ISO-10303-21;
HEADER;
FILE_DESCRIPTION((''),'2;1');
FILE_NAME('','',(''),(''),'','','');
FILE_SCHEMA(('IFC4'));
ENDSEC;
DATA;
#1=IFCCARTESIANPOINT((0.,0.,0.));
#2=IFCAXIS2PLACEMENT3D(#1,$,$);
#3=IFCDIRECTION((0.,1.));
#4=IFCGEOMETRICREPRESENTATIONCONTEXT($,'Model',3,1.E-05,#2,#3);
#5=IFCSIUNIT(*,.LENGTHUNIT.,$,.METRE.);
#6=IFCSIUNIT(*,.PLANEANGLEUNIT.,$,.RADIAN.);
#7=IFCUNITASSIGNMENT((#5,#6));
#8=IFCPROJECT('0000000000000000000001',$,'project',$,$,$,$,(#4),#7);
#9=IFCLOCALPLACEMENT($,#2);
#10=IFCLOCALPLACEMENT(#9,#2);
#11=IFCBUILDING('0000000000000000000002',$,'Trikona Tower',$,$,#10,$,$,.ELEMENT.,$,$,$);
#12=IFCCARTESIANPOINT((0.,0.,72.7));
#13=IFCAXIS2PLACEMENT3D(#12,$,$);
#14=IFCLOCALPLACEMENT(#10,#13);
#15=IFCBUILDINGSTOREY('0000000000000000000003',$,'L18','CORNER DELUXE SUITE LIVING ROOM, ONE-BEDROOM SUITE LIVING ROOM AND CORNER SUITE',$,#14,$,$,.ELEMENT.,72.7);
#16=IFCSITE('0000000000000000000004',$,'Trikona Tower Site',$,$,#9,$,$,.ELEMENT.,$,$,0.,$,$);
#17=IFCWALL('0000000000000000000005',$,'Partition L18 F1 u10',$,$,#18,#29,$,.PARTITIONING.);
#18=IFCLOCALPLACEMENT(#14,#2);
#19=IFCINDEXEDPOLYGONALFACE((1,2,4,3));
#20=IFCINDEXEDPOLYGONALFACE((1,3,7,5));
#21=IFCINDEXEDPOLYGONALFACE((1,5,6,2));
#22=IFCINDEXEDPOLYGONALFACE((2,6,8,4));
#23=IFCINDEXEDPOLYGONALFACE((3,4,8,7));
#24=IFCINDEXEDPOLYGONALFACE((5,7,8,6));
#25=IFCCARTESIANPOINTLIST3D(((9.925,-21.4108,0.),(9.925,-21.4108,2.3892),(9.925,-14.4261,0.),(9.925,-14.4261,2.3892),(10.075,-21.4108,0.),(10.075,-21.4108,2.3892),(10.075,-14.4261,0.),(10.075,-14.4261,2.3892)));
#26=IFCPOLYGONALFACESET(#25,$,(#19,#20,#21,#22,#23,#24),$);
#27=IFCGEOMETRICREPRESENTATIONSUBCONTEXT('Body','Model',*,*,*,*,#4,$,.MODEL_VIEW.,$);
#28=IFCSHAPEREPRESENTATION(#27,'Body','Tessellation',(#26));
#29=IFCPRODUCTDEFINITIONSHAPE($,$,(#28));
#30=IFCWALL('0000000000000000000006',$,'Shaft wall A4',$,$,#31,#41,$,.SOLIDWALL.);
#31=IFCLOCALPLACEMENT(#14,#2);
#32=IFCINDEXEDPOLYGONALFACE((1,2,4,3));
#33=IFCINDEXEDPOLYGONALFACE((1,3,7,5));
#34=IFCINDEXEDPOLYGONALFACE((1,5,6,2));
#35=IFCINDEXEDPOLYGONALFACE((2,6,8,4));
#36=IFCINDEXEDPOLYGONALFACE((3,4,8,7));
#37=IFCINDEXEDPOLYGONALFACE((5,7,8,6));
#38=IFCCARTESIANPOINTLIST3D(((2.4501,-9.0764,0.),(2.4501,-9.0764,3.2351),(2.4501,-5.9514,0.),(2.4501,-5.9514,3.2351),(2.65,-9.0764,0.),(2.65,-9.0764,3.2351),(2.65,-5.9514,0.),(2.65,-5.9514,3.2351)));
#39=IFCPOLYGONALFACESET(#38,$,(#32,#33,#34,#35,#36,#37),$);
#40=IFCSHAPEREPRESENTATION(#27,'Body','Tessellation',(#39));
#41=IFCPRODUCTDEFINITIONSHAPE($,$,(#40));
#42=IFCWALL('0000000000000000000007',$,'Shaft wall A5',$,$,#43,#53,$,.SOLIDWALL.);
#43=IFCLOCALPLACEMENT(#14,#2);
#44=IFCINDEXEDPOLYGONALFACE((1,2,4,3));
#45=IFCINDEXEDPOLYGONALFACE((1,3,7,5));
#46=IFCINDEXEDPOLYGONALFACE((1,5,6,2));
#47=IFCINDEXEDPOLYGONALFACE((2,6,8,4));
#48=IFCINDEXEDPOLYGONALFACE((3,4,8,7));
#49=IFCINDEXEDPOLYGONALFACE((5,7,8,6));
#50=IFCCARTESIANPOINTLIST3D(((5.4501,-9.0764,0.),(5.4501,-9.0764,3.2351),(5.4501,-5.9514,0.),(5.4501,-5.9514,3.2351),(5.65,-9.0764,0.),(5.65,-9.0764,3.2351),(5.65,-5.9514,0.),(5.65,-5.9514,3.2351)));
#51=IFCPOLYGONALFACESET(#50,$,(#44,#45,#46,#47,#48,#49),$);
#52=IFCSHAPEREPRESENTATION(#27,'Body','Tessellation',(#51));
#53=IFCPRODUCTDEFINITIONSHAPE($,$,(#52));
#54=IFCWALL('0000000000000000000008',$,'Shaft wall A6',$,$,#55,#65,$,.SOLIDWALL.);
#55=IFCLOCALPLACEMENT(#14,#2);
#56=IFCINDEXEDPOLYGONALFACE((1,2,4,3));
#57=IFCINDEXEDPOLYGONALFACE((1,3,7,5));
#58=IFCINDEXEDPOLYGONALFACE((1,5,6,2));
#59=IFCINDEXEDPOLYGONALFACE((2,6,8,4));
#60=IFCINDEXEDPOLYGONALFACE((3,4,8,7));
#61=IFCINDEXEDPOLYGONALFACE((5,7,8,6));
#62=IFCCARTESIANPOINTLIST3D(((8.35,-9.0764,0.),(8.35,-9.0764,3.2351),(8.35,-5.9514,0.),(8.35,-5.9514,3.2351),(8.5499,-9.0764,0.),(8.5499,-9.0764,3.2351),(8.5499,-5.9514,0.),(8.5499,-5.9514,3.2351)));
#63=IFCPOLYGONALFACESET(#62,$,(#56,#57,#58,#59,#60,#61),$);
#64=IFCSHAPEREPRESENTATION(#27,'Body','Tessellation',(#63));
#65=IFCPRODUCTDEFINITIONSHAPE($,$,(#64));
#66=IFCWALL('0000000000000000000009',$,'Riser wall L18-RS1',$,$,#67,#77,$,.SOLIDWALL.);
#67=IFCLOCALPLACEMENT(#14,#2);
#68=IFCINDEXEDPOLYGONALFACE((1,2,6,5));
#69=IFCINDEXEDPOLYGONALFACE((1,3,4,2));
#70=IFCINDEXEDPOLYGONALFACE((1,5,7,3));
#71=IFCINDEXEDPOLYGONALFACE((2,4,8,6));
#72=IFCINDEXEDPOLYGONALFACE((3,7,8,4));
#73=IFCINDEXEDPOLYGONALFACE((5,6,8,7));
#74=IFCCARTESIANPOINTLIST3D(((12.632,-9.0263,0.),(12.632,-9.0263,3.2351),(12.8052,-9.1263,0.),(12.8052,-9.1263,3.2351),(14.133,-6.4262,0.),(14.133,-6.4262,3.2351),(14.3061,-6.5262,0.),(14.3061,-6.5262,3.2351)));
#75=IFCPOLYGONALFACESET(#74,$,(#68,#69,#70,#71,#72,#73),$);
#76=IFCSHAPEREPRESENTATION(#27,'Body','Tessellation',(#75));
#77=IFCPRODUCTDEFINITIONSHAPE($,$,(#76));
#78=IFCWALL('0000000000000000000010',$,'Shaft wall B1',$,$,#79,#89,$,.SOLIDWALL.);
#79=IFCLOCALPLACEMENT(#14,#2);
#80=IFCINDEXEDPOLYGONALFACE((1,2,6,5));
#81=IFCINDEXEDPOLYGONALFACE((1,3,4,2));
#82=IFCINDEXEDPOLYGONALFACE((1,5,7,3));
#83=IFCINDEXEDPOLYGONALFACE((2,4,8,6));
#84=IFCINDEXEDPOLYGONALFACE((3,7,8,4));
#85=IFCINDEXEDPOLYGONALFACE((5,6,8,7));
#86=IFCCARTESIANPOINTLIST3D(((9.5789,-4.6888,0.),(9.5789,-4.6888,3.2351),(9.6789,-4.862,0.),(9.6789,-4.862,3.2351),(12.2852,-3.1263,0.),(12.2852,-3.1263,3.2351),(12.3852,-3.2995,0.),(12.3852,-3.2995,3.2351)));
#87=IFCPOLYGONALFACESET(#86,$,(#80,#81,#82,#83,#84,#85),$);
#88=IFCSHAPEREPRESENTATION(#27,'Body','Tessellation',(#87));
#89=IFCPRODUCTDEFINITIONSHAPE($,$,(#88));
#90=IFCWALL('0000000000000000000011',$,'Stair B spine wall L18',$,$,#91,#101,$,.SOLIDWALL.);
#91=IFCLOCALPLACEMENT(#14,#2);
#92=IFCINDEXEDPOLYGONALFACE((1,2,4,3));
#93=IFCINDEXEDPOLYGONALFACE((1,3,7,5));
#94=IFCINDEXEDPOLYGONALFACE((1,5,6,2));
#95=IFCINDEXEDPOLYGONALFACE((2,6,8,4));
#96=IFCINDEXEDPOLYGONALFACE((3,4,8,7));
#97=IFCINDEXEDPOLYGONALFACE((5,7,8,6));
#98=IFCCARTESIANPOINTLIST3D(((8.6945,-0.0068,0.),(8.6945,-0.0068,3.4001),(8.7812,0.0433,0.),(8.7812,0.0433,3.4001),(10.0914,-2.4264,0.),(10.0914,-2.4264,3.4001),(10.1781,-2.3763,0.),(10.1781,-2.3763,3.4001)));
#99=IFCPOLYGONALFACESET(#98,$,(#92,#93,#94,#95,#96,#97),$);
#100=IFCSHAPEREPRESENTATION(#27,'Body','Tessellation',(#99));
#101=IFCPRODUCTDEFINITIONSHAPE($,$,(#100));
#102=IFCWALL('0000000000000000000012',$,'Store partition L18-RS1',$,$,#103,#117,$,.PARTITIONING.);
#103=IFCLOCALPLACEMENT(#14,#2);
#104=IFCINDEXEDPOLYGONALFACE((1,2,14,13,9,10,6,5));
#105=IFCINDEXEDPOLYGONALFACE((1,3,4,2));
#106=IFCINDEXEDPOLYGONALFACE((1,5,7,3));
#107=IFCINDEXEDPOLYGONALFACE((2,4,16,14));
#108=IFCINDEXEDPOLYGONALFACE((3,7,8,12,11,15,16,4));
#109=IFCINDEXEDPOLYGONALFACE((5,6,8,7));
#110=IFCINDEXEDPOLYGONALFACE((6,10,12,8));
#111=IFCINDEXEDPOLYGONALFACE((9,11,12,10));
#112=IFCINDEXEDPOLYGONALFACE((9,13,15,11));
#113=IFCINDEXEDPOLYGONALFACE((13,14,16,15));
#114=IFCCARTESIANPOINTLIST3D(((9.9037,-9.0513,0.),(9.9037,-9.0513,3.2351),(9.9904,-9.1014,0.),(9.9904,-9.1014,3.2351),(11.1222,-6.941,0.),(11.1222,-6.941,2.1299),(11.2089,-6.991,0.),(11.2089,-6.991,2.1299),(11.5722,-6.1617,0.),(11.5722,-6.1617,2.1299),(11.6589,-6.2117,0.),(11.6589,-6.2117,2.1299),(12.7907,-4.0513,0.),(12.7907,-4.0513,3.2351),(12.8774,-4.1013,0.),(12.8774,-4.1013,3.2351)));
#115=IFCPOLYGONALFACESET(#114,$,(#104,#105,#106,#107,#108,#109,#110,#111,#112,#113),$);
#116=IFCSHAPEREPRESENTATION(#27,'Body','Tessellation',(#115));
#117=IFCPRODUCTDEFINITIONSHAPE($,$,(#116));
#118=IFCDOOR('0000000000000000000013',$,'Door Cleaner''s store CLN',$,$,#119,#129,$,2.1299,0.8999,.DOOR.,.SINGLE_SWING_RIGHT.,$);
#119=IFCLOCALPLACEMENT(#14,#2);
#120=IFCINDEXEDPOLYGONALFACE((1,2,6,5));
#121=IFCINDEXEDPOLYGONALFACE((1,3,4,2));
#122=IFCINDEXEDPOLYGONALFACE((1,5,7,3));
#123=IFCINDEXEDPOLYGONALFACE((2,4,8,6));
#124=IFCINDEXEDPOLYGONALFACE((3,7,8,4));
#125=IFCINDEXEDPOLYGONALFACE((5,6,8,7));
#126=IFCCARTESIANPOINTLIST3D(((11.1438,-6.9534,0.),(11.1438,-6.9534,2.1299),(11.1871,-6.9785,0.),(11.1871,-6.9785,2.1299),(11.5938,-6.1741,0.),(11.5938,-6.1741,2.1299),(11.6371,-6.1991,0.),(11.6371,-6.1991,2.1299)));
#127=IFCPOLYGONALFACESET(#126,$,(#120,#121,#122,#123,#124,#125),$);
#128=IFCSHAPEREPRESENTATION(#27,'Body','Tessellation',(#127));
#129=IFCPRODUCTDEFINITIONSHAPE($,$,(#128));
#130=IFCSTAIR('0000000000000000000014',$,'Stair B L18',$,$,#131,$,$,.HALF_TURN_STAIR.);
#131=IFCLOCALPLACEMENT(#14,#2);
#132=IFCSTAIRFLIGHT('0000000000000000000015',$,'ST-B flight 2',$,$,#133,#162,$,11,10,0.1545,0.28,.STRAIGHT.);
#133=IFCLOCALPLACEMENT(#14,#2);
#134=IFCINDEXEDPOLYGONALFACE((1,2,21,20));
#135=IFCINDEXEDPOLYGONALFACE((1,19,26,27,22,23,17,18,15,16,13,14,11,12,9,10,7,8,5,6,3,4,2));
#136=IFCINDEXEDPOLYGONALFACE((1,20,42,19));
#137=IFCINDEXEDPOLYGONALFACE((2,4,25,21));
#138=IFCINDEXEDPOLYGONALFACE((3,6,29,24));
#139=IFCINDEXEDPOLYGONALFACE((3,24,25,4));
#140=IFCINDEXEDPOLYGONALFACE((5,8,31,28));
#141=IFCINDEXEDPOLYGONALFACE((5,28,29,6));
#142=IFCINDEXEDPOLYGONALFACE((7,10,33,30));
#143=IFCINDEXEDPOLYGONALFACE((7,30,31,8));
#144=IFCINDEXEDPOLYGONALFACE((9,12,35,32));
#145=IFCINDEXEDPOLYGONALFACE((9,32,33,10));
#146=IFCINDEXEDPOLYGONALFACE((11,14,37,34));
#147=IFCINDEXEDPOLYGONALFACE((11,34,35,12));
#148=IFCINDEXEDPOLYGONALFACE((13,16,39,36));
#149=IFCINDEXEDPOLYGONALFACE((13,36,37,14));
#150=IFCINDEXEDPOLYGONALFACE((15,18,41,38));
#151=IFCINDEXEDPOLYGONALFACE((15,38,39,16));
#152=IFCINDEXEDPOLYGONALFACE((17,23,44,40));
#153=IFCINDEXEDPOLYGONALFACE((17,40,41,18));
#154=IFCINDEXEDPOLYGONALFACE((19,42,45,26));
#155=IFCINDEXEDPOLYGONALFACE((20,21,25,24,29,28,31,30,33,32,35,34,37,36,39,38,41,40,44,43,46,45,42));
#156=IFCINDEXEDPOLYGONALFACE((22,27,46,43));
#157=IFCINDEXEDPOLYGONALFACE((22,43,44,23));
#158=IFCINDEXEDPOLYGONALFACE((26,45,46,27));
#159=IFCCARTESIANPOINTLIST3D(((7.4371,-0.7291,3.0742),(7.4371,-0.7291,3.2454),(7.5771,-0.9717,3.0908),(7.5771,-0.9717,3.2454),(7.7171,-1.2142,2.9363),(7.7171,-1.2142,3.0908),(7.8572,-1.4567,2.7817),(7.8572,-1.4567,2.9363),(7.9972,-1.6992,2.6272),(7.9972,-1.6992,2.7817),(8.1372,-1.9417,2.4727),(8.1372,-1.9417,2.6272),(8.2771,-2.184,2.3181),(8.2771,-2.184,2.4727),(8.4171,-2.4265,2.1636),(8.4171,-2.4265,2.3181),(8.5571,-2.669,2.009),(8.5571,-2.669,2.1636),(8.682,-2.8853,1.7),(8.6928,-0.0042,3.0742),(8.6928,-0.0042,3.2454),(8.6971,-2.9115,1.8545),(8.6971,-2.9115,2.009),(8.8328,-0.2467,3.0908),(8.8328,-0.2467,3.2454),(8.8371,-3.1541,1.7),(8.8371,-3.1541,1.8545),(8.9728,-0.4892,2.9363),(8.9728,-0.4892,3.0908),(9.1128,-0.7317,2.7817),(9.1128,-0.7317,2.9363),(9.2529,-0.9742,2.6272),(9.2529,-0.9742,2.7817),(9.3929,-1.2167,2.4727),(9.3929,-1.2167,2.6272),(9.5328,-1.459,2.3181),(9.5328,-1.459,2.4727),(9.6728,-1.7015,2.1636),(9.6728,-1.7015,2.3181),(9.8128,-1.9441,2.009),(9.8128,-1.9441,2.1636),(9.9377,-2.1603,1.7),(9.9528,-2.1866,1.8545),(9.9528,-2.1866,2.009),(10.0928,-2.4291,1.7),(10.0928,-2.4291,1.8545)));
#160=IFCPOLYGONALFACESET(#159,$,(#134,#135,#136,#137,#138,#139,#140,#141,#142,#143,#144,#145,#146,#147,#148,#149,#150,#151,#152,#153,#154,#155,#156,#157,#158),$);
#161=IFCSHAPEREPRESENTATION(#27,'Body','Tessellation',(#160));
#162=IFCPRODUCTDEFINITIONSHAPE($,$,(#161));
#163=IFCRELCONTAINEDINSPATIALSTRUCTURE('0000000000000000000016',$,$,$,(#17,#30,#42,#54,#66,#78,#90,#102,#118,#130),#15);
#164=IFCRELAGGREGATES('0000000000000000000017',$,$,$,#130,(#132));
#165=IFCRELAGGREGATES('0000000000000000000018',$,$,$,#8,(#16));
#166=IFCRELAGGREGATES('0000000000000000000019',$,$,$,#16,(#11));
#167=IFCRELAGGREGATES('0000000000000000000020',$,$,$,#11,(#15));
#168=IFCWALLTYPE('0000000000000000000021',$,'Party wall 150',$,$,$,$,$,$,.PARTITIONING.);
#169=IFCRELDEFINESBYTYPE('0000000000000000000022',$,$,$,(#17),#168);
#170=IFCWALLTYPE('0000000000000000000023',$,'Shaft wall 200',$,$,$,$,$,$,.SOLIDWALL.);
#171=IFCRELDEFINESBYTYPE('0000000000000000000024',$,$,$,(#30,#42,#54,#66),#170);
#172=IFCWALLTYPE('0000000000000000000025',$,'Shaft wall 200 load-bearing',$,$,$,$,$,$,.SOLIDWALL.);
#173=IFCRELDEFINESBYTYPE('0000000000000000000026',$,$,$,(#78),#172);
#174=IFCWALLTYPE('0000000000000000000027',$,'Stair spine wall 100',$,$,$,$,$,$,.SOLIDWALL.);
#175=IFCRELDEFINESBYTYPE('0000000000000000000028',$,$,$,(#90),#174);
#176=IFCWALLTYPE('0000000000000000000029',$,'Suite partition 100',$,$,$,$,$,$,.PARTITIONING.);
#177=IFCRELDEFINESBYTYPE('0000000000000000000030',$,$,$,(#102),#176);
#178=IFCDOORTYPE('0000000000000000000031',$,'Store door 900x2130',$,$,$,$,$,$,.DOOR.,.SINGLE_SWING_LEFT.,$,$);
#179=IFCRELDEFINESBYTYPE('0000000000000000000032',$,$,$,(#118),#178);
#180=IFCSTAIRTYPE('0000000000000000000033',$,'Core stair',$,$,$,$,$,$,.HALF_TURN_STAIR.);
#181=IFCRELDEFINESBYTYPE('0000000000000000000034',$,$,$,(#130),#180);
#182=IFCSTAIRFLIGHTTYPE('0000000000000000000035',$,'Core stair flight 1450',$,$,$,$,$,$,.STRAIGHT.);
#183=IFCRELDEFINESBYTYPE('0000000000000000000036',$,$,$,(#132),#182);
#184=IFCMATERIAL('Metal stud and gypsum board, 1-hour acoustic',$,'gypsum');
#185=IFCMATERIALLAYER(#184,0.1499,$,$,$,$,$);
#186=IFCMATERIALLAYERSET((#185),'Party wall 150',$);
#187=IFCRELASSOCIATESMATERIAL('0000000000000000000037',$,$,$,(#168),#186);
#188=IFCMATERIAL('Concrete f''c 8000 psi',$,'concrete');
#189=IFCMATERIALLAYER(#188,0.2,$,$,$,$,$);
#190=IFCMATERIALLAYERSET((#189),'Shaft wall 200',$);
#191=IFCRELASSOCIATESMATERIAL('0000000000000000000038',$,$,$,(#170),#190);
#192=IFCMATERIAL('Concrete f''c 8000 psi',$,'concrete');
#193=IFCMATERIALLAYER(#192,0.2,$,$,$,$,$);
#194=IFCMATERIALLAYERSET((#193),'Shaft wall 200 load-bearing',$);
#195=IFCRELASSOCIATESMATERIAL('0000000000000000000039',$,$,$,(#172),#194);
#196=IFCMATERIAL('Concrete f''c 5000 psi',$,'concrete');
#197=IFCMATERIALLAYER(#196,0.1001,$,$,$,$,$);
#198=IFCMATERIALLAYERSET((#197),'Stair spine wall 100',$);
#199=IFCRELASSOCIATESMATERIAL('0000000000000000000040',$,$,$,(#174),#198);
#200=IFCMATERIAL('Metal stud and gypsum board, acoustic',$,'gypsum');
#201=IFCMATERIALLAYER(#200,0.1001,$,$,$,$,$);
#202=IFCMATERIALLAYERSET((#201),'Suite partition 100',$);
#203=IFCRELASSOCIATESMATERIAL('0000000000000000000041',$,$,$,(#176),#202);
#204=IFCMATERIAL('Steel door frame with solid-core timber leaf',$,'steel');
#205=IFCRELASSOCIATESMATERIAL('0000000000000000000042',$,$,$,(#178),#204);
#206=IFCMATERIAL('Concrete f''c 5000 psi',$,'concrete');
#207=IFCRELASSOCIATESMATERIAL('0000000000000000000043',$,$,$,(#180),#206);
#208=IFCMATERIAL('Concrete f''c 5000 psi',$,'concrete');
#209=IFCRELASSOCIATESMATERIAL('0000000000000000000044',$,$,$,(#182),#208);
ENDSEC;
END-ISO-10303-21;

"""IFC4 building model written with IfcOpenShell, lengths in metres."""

from ifc_helpers import new_model, si_unit, direction, frame, frame_2d, origin, place, context, subcontext, project, spatial, polyline, rectangle, outline, extrude, material, layer, layer_set, type_object, element, fill, aggregate, save


model = new_model("IFC4")

# Units and contexts
model_context = context("Model", 3, precision=1e-05, world=origin(), true_north=direction((0.0, 1.0)))
body_context = subcontext(model_context, "Body", "Model", "MODEL_VIEW")
ifc_project = project(units=[si_unit("LENGTHUNIT", "METRE"), si_unit("PLANEANGLEUNIT", "RADIAN")], contexts=[model_context])

# Site, building, storey
site_placement = place(None, origin())
site = spatial("IfcSite", under=ifc_project, at=site_placement, Name="Trikona Tower Site", CompositionType="ELEMENT", RefElevation=0.0)
building_placement = place(site_placement, origin())
building = spatial("IfcBuilding", under=site, at=building_placement, Name="Trikona Tower", CompositionType="ELEMENT")
storey_placement = place(building_placement, frame((0.0, 0.0, 72.7)))
storey = spatial("IfcBuildingStorey", under=building, at=storey_placement, Name="L18", Description="CORNER DELUXE SUITE LIVING ROOM, ONE-BEDROOM SUITE LIVING ROOM AND CORNER SUITE", CompositionType="ELEMENT", Elevation=72.7)

# Walls
ifc_material_1 = material(Name="Metal stud and gypsum board, 1-hour acoustic", Category="gypsum")
ifc_layer_1 = layer(ifc_material_1, 0.1499)
ifc_layer_set_1 = layer_set([ifc_layer_1], Name="Party wall 150")
wall_type_1 = type_object("IfcWallType", Name="Party wall 150", PredefinedType="PARTITIONING", material=ifc_layer_set_1)
wall_1_placement = place(storey_placement, frame((10.0, -14.4263, 0.0), z_axis=(0.0, 0.0, 1.0), x_axis=(0.0, -1.0, 0.0)))
element("IfcWall", 1, at=wall_1_placement, inside=storey, type_object=wall_type_1, Name="Partition L18 F1 u10", PredefinedType="PARTITIONING", context=body_context, shape_type="SweptSolid", body=[
    extrude(rectangle(XDim=6.9846, YDim=0.1499, at=frame_2d((3.4922, 0.0))), origin(), (0.0, 0.0, 1.0), 2.3892),
])
ifc_material_2 = material(Name="Concrete f'c 8000 psi", Category="concrete")
ifc_layer_2 = layer(ifc_material_2, 0.2)
ifc_layer_set_2 = layer_set([ifc_layer_2], Name="Shaft wall 200")
wall_type_2 = type_object("IfcWallType", Name="Shaft wall 200", PredefinedType="SOLIDWALL", material=ifc_layer_set_2)
for number, where, z_axis, x_axis, name in (
    (2, (2.55, -5.9514, 0.0), (0.0, 0.0, 1.0), (0.0, -1.0, 0.0), "Shaft wall A4"),
    (3, (5.55, -5.9514, 0.0), (0.0, 0.0, 1.0), (0.0, -1.0, 0.0), "Shaft wall A5"),
    (4, (8.45, -5.9514, 0.0), (0.0, 0.0, 1.0), (0.0, -1.0, 0.0), "Shaft wall A6"),
):
    element("IfcWall", number, at=place(storey_placement, frame(where, z_axis=z_axis, x_axis=x_axis)), inside=storey, type_object=wall_type_2, Name=name, PredefinedType="SOLIDWALL", context=body_context, shape_type="SweptSolid", body=[
        extrude(rectangle(XDim=3.125, YDim=0.2, at=frame_2d((1.5625, 0.0))), origin(), (0.0, 0.0, 1.0), 3.2351),
    ])
wall_2_placement = place(storey_placement, frame((14.2195, -6.4763, 0.0), z_axis=(0.0, 0.0, 1.0), x_axis=(-0.499952, -0.866053, 0.0)))
element("IfcWall", 5, at=wall_2_placement, inside=storey, type_object=wall_type_2, Name="Riser wall L18-RS1", PredefinedType="SOLIDWALL", context=body_context, shape_type="SweptSolid", body=[
    extrude(rectangle(XDim=3.0022, YDim=0.2, at=frame_2d((1.501, 0.0))), origin(), (0.0, 0.0, 1.0), 3.2351),
])
ifc_material_3 = material(Name="Concrete f'c 8000 psi", Category="concrete")
ifc_layer_3 = layer(ifc_material_3, 0.2)
ifc_layer_set_3 = layer_set([ifc_layer_3], Name="Shaft wall 200 load-bearing")
wall_type_3 = type_object("IfcWallType", Name="Shaft wall 200 load-bearing", PredefinedType="SOLIDWALL", material=ifc_layer_set_3)
wall_3_placement = place(storey_placement, frame((9.6289, -4.7754, 0.0), z_axis=(0.0, 0.0, 1.0), x_axis=(0.866023, 0.500004, 0.0)))
element("IfcWall", 6, at=wall_3_placement, inside=storey, type_object=wall_type_3, Name="Shaft wall B1", PredefinedType="SOLIDWALL", context=body_context, shape_type="SweptSolid", body=[
    extrude(rectangle(XDim=3.125, YDim=0.2, at=frame_2d((1.5625, 0.0))), origin(), (0.0, 0.0, 1.0), 3.2351),
])
ifc_material_4 = material(Name="Concrete f'c 5000 psi", Category="concrete")
ifc_layer_4 = layer(ifc_material_4, 0.1001)
ifc_layer_set_4 = layer_set([ifc_layer_4], Name="Stair spine wall 100")
wall_type_4 = type_object("IfcWallType", Name="Stair spine wall 100", PredefinedType="SOLIDWALL", material=ifc_layer_set_4)
wall_4_placement = place(storey_placement, frame((10.1348, -2.4014, 0.0), z_axis=(0.0, 0.0, 1.0), x_axis=(-0.499992, 0.86603, 0.0)))
element("IfcWall", 7, at=wall_4_placement, inside=storey, type_object=wall_type_4, Name="Stair B spine wall L18", PredefinedType="SOLIDWALL", context=body_context, shape_type="SweptSolid", body=[
    extrude(rectangle(XDim=2.7939, YDim=0.1001, at=frame_2d((1.397, 0.0))), origin(), (0.0, 0.0, 1.0), 3.4001),
])

# Wall, opening, door
ifc_material_5 = material(Name="Metal stud and gypsum board, acoustic", Category="gypsum")
ifc_layer_5 = layer(ifc_material_5, 0.1001)
ifc_layer_set_5 = layer_set([ifc_layer_5], Name="Suite partition 100")
wall_type_5 = type_object("IfcWallType", Name="Suite partition 100", PredefinedType="PARTITIONING", material=ifc_layer_set_5)
wall_5_placement = place(storey_placement, frame((12.834, -4.0764, 0.0), z_axis=(0.0, 0.0, 1.0), x_axis=(-0.500027, -0.86601, 0.0)))
wall_5 = element("IfcWall", 8, at=wall_5_placement, inside=storey, type_object=wall_type_5, Name="Store partition L18-RS1", PredefinedType="PARTITIONING", context=body_context, shape_type="SweptSolid", body=[
    extrude(rectangle(XDim=5.7737, YDim=0.1001, at=frame_2d((2.8867, 0.0))), origin(), (0.0, 0.0, 1.0), 3.2351),
])
opening_1_placement = place(wall_5_placement, frame((2.4368, 0.0, 0.0)))
opening_1 = element("IfcOpeningElement", 9, at=opening_1_placement, cuts=wall_5, PredefinedType="OPENING", context=body_context, shape_type="SweptSolid", body=[
    extrude(rectangle(XDim=0.8999, YDim=2.1299, at=frame_2d((0.45, 1.0649))), frame((0.0, 0.0601, 0.0), z_axis=(0.0, -1.0, 0.0), x_axis=(1.0, 0.0, 0.0)), (0.0, 0.0, 1.0), 0.1201),
])
ifc_material_6 = material(Name="Steel door frame with solid-core timber leaf", Category="steel")
door_type_1 = type_object("IfcDoorType", Name="Store door 900x2130", OperationType="SINGLE_SWING_LEFT", PredefinedType="DOOR", material=ifc_material_6)
door_1_placement = place(opening_1_placement, origin())
door_1 = element("IfcDoor", 10, at=door_1_placement, inside=storey, type_object=door_type_1, Name="Door Cleaner's store CLN", OperationType="SINGLE_SWING_RIGHT", OverallHeight=2.1299, OverallWidth=0.8999, PredefinedType="DOOR", context=body_context, shape_type="SweptSolid", body=[
    extrude(rectangle(XDim=0.8999, YDim=2.1299, at=frame_2d((0.45, 1.0649))), frame((0.0, 0.0249, 0.0), z_axis=(0.0, -1.0, 0.0), x_axis=(1.0, 0.0, 0.0)), (0.0, 0.0, 1.0), 0.05),
])
fill(opening_1, door_1)

# Stair, stair flight
ifc_material_7 = material(Name="Concrete f'c 5000 psi", Category="concrete")
stair_type = type_object("IfcStairType", Name="Core stair", PredefinedType="HALF_TURN_STAIR", material=ifc_material_7)
stair_placement = place(storey_placement, origin())
stair = element("IfcStair", 11, at=stair_placement, inside=storey, type_object=stair_type, Name="Stair B L18", PredefinedType="HALF_TURN_STAIR")
ifc_material_8 = material(Name="Concrete f'c 5000 psi", Category="concrete")
stair_flight_type = type_object("IfcStairFlightType", Name="Core stair flight 1450", PredefinedType="STRAIGHT", material=ifc_material_8)
stair_flight_placement = place(storey_placement, frame((9.4651, -2.7915, 1.7), z_axis=(0.0, 0.0, 1.0), x_axis=(-0.5, 0.866025, 0.0)))
stair_flight = element("IfcStairFlight", 12, at=stair_flight_placement, type_object=stair_flight_type, Name="ST-B flight 2", NumberOfRisers=11, NumberOfTreads=10, PredefinedType="STRAIGHT", RiserHeight=0.1545, TreadLength=0.28, context=body_context, shape_type="SweptSolid", body=[
    extrude(outline(polyline([(0.0, 0.0), (0.0, 0.1545), (0.28, 0.1545), (0.28, 0.3091), (0.5601, 0.3091), (0.5601, 0.4636), (0.8401, 0.4636), (0.8401, 0.6182), (1.1201, 0.6182), (1.1201, 0.7727), (1.3999, 0.7727), (1.3999, 0.9272), (1.6799, 0.9272), (1.6799, 1.0818), (1.96, 1.0818), (1.96, 1.2363), (2.24, 1.2363), (2.24, 1.3909), (2.52, 1.3909), (2.52, 1.5454), (2.8, 1.5454), (2.8, 1.7), (2.8, 1.3743), (0.3103, 0.0), (0.0, 0.0)])), frame((0.0, 0.7251, 0.0), z_axis=(0.0, -1.0, 0.0), x_axis=(1.0, 0.0, 0.0)), (0.0, 0.0, 1.0), 1.45),
])
aggregate(stair, [stair_flight])

save(model, "model.ifc")
